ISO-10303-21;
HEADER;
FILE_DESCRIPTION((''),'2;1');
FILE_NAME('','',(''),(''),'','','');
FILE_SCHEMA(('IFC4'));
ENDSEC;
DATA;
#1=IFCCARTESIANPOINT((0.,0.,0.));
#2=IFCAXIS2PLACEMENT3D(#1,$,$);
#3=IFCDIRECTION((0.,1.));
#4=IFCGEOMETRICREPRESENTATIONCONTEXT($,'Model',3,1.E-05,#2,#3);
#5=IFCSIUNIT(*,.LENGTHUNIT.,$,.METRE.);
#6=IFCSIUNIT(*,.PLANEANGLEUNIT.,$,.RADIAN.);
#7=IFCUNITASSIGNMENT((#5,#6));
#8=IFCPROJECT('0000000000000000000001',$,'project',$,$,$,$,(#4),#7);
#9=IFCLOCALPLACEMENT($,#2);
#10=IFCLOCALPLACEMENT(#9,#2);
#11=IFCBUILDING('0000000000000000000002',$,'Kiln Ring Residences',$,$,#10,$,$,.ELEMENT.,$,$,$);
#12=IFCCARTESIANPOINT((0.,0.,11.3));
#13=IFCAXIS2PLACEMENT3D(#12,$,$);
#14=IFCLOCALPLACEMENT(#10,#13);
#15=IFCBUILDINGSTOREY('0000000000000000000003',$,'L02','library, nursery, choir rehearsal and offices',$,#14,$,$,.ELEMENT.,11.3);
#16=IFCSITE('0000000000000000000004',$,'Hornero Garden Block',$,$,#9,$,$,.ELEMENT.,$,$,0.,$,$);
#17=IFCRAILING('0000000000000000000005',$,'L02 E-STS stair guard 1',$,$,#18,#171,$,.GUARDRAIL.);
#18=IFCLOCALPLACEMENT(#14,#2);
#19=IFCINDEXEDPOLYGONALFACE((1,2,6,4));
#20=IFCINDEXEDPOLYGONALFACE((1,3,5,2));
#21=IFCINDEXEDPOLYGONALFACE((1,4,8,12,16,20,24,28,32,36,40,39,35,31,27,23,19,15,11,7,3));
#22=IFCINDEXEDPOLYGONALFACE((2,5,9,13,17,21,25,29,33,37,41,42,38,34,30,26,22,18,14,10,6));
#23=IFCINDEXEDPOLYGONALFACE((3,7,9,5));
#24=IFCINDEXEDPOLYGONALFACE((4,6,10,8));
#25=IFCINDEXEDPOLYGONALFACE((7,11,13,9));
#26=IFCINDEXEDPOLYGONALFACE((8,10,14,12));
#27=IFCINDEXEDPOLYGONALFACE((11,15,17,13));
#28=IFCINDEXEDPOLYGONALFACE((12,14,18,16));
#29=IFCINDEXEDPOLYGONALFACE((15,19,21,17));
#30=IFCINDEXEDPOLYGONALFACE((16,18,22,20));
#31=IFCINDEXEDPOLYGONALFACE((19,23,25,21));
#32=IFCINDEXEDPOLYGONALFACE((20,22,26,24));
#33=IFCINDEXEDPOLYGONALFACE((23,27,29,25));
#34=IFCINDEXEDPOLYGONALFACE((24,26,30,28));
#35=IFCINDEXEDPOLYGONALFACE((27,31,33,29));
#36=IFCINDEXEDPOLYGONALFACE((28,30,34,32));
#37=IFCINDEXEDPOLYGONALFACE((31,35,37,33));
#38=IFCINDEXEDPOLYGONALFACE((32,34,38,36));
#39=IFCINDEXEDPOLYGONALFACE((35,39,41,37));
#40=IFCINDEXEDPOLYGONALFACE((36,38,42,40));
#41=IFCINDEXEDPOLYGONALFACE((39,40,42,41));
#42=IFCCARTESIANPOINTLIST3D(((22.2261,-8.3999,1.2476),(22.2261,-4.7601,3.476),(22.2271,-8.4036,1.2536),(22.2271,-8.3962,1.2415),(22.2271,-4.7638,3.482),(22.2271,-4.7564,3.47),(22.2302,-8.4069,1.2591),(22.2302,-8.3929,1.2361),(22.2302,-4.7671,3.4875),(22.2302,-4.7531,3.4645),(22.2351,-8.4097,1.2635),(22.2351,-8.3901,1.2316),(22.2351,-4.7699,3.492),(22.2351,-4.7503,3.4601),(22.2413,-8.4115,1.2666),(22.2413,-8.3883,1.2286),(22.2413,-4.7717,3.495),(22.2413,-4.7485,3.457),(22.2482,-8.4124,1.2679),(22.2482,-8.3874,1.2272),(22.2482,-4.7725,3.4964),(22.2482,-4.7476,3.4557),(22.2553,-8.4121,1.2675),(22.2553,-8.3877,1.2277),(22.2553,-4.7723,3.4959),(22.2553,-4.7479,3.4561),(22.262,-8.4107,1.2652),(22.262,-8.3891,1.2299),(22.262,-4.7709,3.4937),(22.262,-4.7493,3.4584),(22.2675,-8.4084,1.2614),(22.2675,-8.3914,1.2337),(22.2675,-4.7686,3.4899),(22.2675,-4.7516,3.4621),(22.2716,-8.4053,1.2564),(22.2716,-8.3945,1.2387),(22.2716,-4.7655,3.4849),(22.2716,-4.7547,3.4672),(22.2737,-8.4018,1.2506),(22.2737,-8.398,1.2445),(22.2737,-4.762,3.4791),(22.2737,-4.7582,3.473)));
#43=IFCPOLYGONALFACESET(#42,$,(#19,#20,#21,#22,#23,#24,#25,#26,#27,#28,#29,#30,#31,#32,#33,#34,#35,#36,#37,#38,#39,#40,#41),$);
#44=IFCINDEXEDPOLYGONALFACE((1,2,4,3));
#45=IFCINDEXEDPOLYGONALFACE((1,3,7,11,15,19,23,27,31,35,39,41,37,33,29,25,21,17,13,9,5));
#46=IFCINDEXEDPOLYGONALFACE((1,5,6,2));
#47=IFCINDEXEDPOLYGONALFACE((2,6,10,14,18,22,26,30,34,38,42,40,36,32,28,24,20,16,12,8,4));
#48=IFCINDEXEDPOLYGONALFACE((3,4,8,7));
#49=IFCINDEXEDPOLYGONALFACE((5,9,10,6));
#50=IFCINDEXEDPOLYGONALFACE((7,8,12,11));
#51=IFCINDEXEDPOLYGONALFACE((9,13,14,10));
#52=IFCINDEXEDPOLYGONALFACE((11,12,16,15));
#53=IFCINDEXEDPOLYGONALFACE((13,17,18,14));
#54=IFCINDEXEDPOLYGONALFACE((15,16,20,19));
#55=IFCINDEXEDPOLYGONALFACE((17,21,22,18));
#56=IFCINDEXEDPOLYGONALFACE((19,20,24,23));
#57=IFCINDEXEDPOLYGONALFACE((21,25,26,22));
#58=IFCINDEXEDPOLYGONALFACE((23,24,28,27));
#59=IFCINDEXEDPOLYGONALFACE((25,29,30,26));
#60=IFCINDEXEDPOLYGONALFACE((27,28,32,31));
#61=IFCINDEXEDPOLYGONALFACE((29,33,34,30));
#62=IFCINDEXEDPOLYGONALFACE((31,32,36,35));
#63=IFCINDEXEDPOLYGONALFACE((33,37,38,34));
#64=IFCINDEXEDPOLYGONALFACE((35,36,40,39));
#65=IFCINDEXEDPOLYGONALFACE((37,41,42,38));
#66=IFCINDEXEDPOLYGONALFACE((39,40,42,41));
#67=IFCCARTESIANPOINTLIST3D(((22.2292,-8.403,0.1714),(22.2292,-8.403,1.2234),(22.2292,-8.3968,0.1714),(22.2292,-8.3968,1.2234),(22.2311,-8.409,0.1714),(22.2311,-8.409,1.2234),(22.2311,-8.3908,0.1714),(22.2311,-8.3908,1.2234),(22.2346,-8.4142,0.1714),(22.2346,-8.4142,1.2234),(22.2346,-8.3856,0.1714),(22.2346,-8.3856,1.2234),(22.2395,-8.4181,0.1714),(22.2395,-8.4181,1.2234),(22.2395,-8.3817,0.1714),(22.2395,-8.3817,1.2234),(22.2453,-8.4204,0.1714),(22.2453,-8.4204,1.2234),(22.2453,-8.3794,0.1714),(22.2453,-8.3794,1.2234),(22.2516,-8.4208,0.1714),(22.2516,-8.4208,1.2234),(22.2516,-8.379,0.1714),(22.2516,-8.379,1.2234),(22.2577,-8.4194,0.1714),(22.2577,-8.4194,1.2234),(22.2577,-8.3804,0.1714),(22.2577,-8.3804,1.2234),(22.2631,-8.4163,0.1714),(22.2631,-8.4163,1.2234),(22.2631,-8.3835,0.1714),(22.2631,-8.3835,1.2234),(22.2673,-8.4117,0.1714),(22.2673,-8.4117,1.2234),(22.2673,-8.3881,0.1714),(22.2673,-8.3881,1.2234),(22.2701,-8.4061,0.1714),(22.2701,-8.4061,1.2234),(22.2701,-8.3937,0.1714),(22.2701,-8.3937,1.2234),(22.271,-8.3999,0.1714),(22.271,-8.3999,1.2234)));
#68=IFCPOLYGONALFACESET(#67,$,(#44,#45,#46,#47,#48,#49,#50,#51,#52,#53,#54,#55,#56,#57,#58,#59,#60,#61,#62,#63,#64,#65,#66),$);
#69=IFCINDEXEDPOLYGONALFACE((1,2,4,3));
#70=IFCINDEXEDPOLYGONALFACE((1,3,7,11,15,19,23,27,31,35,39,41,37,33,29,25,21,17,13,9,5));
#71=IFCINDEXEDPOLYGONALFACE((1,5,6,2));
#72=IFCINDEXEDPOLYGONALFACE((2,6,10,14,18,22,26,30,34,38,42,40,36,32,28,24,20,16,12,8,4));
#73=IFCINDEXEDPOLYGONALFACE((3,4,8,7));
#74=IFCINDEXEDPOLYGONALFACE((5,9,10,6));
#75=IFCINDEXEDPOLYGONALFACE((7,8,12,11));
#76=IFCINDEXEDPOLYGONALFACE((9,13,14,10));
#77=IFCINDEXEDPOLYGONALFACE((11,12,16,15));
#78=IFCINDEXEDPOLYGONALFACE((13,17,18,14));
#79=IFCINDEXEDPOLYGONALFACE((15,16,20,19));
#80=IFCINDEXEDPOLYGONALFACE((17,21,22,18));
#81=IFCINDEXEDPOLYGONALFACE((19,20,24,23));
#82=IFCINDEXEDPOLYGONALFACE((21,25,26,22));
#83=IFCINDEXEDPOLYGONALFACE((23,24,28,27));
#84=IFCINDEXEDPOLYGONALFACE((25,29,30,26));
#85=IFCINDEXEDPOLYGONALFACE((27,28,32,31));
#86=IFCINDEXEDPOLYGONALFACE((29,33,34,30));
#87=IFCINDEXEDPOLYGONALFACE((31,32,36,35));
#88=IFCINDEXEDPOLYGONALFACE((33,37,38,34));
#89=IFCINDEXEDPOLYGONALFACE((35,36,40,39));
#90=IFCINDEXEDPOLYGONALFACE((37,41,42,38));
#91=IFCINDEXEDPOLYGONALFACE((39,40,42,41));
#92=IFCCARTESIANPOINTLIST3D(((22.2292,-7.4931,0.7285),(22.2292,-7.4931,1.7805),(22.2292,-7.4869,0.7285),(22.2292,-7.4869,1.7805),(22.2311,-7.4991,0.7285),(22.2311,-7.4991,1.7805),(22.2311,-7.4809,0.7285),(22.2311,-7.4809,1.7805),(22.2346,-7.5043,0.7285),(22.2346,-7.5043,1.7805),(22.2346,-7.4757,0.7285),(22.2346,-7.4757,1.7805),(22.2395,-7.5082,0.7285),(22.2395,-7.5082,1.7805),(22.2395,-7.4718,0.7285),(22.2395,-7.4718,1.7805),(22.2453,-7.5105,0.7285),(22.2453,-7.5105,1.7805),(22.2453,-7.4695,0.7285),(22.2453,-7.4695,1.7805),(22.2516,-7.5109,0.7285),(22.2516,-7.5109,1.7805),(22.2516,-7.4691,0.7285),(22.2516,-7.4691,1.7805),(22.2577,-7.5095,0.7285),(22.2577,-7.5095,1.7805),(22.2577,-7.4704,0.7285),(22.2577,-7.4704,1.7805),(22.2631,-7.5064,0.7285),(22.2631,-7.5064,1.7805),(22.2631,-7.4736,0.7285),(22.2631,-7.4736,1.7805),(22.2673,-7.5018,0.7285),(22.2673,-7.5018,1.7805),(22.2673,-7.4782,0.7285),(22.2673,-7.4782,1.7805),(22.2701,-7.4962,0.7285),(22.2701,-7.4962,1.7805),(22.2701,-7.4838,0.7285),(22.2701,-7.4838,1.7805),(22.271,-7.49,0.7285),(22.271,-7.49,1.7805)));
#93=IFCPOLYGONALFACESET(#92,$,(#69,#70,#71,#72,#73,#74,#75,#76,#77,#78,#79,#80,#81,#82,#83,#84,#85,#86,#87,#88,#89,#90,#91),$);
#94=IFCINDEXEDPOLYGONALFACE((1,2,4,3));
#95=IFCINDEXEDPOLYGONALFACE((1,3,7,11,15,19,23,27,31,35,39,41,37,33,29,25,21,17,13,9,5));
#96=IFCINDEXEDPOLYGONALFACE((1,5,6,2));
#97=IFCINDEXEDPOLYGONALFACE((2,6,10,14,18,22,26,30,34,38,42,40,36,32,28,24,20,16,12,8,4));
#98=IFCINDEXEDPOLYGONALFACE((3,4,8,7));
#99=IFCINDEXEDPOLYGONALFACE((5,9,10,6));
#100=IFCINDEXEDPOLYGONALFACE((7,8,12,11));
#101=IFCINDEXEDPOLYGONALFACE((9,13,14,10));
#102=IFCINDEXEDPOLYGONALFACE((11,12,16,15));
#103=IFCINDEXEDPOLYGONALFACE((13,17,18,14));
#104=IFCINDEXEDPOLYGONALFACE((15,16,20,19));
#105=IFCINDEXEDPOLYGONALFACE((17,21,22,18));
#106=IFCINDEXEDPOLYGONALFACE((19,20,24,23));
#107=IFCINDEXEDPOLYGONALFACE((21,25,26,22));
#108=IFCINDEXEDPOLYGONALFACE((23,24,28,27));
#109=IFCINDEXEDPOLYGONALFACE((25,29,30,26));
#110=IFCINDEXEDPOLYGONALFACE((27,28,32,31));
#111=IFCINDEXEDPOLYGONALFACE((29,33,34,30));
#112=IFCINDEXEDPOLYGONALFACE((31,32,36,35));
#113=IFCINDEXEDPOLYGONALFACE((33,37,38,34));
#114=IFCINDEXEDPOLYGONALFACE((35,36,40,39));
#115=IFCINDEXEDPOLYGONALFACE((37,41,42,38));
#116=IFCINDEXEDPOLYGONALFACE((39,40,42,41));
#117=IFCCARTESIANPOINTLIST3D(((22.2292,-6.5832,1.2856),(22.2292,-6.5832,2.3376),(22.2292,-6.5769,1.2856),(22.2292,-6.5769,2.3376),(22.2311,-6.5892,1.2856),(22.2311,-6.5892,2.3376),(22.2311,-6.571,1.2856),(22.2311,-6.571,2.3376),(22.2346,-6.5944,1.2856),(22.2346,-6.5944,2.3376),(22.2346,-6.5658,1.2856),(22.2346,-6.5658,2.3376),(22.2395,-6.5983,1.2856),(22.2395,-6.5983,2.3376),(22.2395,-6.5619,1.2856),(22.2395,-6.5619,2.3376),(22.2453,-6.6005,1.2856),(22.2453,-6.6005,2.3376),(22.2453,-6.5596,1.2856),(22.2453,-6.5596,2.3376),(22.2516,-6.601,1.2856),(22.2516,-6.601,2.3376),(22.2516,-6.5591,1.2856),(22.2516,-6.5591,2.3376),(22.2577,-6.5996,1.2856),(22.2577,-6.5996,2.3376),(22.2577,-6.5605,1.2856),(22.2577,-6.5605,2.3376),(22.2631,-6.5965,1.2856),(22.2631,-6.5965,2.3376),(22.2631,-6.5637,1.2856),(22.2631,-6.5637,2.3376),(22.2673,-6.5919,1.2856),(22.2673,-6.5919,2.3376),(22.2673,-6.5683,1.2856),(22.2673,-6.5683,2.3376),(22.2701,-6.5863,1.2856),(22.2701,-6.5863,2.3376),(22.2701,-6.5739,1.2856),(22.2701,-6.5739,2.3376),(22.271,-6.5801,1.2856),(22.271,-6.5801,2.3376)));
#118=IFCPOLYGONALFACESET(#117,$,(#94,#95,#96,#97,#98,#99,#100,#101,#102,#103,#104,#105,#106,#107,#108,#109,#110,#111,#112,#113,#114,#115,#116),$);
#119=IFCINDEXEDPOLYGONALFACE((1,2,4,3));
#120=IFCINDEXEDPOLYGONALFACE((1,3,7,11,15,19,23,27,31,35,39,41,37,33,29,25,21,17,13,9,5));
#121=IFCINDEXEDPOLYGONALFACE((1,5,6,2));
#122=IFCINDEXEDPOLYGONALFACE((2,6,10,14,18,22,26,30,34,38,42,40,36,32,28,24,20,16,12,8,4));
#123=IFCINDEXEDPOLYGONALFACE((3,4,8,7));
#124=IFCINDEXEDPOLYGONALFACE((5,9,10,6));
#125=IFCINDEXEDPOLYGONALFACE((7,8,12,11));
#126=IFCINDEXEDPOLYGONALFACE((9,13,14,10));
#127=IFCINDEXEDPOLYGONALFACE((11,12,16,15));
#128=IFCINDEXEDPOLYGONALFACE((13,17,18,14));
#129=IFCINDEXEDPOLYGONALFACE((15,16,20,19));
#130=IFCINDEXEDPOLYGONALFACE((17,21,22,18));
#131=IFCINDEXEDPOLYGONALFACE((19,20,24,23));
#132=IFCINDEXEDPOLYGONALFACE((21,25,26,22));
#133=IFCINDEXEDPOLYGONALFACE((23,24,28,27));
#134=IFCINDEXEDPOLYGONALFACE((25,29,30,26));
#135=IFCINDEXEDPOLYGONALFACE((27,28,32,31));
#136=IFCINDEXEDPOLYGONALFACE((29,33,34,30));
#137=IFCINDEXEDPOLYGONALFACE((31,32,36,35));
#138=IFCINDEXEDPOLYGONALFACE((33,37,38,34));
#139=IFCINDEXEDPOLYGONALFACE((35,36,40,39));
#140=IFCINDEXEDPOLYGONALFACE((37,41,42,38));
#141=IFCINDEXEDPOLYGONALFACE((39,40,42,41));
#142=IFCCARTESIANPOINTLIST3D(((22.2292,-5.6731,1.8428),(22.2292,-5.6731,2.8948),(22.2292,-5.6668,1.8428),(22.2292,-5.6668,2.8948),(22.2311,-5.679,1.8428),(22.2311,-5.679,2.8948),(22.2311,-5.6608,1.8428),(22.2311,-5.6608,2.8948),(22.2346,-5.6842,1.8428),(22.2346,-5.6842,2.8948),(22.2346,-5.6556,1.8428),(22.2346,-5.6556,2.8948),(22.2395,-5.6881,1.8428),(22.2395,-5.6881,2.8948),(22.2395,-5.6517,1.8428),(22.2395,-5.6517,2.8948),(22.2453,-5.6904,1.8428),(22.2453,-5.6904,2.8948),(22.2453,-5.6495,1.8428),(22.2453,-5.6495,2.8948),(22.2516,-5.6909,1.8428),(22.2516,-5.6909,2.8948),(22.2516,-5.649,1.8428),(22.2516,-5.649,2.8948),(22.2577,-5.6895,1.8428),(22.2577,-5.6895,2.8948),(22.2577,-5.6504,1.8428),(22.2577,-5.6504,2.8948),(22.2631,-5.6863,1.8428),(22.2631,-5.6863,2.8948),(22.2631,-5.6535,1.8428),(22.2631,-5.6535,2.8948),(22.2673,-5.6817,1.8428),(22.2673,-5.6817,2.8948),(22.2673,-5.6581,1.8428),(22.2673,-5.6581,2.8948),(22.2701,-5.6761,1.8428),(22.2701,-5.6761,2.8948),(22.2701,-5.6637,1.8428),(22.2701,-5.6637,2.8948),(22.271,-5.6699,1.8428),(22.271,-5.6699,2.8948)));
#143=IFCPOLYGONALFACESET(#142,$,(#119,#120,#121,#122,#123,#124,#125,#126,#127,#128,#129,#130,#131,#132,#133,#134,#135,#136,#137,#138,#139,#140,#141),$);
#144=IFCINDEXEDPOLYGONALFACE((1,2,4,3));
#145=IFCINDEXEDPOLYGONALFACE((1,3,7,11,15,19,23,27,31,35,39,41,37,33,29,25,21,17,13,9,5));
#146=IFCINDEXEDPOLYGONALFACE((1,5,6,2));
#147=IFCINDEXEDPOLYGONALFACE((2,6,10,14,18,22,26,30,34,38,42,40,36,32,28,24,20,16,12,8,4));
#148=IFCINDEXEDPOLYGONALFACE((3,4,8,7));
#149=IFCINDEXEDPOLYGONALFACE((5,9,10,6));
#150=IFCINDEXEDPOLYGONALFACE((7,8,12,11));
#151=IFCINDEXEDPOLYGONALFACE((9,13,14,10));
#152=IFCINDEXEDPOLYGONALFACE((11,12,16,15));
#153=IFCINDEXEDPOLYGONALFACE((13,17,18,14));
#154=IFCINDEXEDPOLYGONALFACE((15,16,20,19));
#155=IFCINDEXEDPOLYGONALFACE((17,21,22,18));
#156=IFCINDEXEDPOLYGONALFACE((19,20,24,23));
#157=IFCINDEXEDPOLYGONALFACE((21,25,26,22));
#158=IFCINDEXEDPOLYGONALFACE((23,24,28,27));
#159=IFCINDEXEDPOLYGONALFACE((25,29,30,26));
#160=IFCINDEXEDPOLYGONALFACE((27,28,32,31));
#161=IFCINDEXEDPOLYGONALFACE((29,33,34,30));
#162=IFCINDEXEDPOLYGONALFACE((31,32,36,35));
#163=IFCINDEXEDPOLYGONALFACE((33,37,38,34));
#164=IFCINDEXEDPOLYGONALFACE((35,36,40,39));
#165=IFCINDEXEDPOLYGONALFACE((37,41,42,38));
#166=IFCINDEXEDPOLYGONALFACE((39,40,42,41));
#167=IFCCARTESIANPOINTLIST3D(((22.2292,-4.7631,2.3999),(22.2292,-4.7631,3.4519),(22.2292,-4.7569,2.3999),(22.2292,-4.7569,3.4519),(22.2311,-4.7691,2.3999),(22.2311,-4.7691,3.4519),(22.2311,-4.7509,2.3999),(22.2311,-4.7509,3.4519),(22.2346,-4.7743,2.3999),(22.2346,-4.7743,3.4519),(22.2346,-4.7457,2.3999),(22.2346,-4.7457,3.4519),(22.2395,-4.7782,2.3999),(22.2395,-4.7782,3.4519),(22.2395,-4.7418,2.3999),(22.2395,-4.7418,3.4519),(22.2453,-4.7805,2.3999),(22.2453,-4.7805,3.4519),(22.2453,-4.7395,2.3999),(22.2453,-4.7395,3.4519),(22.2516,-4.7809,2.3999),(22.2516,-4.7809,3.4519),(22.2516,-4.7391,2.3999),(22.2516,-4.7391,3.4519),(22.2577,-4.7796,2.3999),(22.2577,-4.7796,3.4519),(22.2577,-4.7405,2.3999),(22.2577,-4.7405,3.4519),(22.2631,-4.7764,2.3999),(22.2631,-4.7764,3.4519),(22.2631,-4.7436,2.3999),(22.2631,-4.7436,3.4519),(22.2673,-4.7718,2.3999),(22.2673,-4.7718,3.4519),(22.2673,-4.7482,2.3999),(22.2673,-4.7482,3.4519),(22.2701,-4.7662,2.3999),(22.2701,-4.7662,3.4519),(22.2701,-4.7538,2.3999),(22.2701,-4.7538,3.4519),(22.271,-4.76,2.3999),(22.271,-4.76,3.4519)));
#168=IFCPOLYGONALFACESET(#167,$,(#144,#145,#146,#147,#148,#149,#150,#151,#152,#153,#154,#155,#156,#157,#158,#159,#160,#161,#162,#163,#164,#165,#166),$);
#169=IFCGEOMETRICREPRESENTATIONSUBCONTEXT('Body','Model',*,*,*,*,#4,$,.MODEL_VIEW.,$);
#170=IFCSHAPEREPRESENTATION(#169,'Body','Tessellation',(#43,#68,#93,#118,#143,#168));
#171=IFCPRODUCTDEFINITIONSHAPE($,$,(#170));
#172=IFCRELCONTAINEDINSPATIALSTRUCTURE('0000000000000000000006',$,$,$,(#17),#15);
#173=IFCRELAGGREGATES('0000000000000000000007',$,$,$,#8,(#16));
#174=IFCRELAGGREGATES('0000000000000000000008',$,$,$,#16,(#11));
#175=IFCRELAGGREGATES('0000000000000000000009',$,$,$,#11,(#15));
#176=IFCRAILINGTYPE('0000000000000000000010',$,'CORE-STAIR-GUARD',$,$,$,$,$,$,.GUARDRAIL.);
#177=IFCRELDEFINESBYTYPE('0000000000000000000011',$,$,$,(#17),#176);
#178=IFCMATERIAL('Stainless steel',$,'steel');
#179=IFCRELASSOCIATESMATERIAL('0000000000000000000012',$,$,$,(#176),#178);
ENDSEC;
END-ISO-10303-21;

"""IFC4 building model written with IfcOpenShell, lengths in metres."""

from ifc_helpers import new_model, si_unit, direction, frame, origin, origin_2d, place, context, subcontext, project, spatial, circle, extrude, material, type_object, element, save


model = new_model("IFC4")

# Units and contexts
model_context = context("Model", 3, precision=1e-05, world=origin(), true_north=direction((0.0, 1.0)))
body_context = subcontext(model_context, "Body", "Model", "MODEL_VIEW")
ifc_project = project(units=[si_unit("LENGTHUNIT", "METRE"), si_unit("PLANEANGLEUNIT", "RADIAN")], contexts=[model_context])

# Site, building, storey
site_placement = place(None, origin())
site = spatial("IfcSite", under=ifc_project, at=site_placement, Name="Hornero Garden Block", CompositionType="ELEMENT", RefElevation=0.0)
building_placement = place(site_placement, origin())
building = spatial("IfcBuilding", under=site, at=building_placement, Name="Kiln Ring Residences", CompositionType="ELEMENT")
storey_placement = place(building_placement, frame((0.0, 0.0, 11.3)))
storey = spatial("IfcBuildingStorey", under=building, at=storey_placement, Name="L02", Description="library, nursery, choir rehearsal and offices", CompositionType="ELEMENT", Elevation=11.3)

# Railing
ifc_material_1 = material(Name="Stainless steel", Category="steel")
railing_type_1 = type_object("IfcRailingType", Name="CORE-STAIR-GUARD", PredefinedType="GUARDRAIL", material=ifc_material_1)
railing_1_placement = place(storey_placement, frame((22.25, -8.3999, 0.1714)))
element("IfcRailing", 1, at=railing_1_placement, inside=storey, type_object=railing_type_1, Name="L02 E-STS stair guard 1", PredefinedType="GUARDRAIL", context=body_context, shape_type="SweptSolid", body=[
    extrude(circle(Radius=0.0239, at=origin_2d()), frame((0.0, 0.0, 1.0762), z_axis=(0.0, 0.85285, 0.522156), x_axis=(-1.0, 0.0, 0.0)), (0.0, 0.0, 1.0), 4.2678),
    extrude(circle(Radius=0.021, at=origin_2d()), origin(), (0.0, 0.0, 1.0), 1.052),
    extrude(circle(Radius=0.021, at=origin_2d()), frame((0.0, 0.9099, 0.5571)), (0.0, 0.0, 1.0), 1.052),
    extrude(circle(Radius=0.021, at=origin_2d()), frame((0.0, 1.8198, 1.1143)), (0.0, 0.0, 1.0), 1.052),
    extrude(circle(Radius=0.021, at=origin_2d()), frame((0.0, 2.73, 1.6714)), (0.0, 0.0, 1.0), 1.052),
    extrude(circle(Radius=0.021, at=origin_2d()), frame((0.0, 3.6399, 2.2285)), (0.0, 0.0, 1.0), 1.052),
])

save(model, "model.ifc")
